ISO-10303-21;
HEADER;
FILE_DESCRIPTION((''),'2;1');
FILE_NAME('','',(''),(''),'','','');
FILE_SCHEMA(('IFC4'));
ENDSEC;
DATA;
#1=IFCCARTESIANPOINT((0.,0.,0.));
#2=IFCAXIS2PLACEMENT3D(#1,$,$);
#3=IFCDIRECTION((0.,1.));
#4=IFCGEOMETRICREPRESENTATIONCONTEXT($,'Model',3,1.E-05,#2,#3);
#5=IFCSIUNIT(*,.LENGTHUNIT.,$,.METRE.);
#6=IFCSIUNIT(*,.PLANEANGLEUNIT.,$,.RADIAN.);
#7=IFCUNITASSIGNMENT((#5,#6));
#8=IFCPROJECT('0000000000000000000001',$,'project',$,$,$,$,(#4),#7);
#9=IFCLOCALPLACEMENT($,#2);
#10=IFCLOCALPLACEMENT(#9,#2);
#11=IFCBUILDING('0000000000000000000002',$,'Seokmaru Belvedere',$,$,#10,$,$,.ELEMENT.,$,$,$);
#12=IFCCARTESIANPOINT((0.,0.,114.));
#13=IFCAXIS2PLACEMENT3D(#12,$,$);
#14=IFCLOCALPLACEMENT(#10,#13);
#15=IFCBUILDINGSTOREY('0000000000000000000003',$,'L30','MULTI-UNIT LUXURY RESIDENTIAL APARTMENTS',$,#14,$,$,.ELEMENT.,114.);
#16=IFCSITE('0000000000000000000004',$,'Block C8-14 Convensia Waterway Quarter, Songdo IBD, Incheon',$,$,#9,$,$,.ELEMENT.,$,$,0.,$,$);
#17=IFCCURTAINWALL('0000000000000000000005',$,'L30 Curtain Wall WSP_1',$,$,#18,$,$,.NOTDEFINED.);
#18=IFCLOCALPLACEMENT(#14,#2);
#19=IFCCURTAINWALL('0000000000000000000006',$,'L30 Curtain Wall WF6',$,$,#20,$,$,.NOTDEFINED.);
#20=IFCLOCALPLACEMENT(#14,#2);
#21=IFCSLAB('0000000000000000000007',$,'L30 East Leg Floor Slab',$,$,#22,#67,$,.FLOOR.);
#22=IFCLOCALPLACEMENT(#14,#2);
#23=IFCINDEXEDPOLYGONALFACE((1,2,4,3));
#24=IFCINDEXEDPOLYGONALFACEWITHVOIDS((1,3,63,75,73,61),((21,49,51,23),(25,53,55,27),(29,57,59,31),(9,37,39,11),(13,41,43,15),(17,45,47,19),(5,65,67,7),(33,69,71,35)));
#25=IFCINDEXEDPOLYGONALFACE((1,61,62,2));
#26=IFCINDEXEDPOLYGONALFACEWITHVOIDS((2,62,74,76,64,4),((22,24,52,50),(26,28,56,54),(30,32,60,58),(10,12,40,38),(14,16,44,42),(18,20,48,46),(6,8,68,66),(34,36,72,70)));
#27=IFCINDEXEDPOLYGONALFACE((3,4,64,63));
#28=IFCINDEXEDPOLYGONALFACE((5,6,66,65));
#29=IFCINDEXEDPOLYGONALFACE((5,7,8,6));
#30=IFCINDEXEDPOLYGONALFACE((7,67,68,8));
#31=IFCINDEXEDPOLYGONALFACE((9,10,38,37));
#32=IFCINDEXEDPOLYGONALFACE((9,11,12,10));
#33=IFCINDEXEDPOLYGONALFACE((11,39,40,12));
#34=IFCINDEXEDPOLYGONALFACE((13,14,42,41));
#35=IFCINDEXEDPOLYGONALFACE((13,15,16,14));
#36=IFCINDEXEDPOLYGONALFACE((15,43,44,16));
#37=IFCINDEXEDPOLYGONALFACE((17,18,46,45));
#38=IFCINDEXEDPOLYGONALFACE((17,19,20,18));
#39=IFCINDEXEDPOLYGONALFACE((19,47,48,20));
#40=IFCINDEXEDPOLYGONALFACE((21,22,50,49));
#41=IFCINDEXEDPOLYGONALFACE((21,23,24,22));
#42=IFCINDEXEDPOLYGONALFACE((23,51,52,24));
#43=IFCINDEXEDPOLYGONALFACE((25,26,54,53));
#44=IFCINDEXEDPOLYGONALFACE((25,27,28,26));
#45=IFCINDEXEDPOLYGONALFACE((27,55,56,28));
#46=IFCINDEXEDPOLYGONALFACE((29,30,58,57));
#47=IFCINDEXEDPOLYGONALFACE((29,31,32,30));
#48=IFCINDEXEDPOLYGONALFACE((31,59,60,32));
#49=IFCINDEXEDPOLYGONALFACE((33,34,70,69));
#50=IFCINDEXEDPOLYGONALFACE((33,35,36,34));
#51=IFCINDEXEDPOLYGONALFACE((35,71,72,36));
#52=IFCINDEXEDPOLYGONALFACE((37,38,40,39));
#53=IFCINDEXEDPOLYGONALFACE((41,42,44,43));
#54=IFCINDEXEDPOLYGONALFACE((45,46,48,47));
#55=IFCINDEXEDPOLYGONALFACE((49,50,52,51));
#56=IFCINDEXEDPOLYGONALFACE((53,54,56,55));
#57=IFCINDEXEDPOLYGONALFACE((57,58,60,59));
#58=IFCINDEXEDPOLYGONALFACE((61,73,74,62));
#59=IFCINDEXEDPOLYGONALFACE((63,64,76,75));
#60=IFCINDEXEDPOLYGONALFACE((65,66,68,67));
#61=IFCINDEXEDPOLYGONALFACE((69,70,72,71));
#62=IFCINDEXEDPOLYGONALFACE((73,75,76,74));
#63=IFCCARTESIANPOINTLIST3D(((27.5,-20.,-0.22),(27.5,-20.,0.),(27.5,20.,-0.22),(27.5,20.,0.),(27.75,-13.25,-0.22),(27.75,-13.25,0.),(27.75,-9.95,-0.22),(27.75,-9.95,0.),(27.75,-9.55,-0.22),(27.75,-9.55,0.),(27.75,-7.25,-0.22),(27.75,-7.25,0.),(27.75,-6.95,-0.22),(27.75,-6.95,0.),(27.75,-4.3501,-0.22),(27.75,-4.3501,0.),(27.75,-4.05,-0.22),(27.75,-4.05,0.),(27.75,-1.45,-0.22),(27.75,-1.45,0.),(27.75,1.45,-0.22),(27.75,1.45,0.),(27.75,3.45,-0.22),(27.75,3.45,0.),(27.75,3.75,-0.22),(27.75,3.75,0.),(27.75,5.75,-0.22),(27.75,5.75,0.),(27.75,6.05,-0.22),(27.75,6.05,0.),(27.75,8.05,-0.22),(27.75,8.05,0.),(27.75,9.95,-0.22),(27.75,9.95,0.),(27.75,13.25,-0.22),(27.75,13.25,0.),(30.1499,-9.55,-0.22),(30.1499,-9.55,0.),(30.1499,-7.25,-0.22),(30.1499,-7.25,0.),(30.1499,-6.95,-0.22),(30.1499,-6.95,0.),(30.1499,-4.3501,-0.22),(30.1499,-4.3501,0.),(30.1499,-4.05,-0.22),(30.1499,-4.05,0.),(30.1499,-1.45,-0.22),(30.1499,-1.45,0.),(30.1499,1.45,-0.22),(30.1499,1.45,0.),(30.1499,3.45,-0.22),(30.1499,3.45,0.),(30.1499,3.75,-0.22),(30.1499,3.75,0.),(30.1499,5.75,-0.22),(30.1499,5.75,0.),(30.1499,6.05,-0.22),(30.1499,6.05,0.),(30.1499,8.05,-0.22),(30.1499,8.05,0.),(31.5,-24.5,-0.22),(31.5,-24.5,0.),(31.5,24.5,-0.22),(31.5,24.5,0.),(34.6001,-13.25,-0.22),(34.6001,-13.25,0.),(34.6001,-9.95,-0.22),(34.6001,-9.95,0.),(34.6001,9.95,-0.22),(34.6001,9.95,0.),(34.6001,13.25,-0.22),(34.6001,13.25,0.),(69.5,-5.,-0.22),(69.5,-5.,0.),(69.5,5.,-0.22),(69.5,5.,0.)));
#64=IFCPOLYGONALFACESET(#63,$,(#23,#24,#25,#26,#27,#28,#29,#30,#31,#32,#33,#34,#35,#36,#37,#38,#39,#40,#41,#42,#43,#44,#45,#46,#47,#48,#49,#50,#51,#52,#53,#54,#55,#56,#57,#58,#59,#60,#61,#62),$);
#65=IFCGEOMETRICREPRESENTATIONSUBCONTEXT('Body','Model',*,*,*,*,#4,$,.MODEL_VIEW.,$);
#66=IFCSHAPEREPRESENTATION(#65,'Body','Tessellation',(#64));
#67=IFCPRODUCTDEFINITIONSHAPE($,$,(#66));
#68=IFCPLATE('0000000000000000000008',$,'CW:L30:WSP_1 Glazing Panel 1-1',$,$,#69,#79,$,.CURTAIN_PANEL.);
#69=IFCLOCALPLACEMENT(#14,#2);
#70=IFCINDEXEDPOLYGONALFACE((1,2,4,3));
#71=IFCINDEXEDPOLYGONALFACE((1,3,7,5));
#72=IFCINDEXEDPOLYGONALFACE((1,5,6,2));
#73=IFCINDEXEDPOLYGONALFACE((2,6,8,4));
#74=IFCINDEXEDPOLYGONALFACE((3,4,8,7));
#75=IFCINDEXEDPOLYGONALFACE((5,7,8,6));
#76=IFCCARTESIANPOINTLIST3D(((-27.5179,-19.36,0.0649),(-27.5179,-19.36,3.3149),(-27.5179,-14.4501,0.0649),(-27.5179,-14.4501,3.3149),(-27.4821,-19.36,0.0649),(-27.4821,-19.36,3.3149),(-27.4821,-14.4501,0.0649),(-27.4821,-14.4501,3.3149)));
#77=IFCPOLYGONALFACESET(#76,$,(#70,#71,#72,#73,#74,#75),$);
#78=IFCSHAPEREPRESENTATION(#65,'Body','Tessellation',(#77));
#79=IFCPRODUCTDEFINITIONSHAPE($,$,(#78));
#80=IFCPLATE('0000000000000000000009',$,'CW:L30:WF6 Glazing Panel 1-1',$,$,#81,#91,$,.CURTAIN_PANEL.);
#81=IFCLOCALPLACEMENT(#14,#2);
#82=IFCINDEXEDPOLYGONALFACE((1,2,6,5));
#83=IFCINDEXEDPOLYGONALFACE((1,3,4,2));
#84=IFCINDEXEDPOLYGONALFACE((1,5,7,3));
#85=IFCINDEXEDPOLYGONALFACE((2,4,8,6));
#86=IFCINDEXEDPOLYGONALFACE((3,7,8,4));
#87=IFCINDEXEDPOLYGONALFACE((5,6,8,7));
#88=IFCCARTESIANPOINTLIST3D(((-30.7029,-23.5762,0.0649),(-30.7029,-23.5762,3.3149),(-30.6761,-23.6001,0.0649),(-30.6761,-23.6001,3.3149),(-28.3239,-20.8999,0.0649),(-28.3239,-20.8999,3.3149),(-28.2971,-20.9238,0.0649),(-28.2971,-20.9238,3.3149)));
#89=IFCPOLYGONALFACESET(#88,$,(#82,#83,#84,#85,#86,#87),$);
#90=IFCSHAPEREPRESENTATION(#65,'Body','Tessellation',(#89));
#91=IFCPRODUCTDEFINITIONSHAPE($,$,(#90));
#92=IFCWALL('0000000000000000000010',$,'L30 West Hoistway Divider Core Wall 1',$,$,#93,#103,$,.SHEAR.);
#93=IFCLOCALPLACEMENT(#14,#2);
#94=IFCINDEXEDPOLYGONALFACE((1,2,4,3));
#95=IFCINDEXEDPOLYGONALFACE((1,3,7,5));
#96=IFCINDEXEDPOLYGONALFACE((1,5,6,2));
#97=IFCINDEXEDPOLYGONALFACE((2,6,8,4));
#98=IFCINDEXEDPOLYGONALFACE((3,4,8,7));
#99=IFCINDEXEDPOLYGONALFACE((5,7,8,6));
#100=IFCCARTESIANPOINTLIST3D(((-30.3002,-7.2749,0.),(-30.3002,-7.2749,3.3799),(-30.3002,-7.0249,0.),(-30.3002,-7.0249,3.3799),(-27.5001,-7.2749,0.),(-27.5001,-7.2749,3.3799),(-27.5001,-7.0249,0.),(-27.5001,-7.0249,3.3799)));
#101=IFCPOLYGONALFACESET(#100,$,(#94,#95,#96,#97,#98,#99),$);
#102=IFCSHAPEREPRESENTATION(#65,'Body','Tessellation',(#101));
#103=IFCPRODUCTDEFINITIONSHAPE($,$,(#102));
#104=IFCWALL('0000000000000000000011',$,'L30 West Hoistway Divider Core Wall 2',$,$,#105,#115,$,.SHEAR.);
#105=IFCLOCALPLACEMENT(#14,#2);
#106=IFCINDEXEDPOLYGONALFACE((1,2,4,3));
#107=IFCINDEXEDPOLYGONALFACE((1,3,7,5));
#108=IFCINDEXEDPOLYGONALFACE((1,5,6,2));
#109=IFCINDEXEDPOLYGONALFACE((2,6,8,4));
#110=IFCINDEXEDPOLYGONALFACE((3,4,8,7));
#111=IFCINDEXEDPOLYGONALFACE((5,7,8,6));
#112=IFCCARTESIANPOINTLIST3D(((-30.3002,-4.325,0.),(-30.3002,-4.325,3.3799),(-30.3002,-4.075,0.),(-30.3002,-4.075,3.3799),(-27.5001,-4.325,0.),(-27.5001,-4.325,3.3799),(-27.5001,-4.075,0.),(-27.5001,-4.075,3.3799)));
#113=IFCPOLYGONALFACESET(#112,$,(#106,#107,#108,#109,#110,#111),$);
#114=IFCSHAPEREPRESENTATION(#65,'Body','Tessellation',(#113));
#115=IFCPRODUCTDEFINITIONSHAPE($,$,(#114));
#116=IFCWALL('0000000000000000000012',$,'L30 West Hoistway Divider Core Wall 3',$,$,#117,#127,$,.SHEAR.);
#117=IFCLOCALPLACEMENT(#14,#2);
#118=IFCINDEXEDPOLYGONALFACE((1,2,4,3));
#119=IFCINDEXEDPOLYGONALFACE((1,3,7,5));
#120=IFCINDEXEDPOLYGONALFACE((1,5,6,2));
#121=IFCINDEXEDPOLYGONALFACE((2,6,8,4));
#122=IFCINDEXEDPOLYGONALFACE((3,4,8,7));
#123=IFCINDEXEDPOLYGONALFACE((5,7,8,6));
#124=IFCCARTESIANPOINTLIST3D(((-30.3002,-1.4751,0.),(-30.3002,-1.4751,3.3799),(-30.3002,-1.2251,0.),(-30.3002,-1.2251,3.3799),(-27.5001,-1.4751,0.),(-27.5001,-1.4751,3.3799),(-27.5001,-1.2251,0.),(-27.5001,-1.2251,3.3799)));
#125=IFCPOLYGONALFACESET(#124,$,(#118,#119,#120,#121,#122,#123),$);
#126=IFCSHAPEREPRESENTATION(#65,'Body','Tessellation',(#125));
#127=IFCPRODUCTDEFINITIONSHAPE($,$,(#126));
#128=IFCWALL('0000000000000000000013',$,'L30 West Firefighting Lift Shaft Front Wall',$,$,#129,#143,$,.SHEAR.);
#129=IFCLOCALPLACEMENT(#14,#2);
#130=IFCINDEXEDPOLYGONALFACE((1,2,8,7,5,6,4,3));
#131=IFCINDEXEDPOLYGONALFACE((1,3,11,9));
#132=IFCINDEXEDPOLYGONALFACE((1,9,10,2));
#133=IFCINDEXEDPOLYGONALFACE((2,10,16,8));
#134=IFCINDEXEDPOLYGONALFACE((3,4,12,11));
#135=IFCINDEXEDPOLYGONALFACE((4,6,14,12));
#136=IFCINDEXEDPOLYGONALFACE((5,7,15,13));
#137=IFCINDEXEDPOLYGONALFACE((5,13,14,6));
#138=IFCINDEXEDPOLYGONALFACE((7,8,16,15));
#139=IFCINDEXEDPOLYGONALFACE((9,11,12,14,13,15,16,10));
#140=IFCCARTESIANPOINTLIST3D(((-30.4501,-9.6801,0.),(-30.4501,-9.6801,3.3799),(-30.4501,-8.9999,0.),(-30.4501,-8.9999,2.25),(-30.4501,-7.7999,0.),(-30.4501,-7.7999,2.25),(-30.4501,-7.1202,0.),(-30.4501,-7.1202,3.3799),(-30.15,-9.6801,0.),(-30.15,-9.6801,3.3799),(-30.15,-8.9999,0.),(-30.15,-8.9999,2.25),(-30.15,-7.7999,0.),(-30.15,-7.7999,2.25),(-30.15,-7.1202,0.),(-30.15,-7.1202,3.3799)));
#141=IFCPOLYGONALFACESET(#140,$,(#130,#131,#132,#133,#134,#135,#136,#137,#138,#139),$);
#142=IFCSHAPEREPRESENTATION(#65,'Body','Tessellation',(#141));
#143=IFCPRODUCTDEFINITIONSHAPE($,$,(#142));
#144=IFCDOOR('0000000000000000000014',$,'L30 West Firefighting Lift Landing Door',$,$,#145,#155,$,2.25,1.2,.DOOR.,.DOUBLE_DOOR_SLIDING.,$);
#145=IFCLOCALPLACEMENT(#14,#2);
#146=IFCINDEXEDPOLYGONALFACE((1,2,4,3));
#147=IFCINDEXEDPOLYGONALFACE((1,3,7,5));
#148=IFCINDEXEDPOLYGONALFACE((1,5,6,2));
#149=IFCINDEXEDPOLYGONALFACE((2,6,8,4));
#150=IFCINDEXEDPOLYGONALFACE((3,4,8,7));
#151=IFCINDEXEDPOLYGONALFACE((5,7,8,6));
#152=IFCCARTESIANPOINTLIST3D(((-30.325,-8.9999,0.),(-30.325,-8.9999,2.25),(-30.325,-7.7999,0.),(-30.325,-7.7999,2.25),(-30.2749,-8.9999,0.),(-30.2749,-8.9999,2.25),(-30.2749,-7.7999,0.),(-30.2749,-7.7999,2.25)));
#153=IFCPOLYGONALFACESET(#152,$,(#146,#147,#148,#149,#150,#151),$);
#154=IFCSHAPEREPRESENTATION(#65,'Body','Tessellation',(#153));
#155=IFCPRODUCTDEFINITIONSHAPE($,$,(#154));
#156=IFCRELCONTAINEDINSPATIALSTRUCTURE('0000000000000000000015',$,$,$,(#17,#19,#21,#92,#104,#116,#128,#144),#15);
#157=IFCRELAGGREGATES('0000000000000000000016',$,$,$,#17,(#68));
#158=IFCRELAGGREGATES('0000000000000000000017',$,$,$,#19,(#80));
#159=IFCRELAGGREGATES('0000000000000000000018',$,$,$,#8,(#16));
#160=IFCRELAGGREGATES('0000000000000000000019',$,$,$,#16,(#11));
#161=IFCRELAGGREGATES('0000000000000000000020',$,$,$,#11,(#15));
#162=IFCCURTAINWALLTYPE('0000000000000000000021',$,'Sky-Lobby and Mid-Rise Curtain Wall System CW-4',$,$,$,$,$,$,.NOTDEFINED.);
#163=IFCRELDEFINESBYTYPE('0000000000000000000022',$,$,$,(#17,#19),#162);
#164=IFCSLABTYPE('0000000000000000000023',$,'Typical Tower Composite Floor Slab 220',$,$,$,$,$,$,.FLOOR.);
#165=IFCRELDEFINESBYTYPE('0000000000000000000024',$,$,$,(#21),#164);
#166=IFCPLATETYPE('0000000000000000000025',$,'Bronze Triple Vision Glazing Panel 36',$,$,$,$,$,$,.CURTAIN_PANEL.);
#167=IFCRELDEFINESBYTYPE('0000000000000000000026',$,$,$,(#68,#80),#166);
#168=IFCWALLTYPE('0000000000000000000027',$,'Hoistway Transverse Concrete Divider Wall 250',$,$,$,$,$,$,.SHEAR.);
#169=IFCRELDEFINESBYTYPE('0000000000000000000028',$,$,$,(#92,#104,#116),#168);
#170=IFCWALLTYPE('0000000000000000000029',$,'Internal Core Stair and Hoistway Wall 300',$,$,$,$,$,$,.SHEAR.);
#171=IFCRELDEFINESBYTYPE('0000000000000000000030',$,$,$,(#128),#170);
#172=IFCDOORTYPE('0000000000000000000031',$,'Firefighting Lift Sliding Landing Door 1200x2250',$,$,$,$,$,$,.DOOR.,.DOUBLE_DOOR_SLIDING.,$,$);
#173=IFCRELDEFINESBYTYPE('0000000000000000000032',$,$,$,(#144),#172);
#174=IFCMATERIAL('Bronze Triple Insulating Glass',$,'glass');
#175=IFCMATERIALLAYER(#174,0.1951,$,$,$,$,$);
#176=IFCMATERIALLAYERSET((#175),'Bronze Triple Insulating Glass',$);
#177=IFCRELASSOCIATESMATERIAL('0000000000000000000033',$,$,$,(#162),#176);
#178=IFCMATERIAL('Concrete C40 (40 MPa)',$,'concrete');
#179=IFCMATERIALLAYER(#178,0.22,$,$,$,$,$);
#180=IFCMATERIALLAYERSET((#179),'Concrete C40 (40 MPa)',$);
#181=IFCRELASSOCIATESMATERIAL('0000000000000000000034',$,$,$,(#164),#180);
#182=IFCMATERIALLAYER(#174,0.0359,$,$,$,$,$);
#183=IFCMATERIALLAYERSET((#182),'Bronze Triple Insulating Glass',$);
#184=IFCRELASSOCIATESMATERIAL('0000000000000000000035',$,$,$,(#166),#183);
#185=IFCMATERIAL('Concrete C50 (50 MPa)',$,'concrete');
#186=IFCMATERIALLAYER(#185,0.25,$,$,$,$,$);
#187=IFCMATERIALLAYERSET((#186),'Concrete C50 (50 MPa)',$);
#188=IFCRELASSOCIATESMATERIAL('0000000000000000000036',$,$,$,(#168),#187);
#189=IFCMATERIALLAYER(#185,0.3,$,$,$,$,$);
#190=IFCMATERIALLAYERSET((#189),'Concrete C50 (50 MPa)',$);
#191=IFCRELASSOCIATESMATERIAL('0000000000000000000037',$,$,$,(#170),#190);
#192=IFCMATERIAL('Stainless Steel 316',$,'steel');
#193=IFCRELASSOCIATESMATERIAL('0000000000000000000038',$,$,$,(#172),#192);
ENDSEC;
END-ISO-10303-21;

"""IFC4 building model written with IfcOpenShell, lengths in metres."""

from ifc_helpers import new_model, si_unit, direction, frame, frame_2d, origin, origin_2d, place, context, subcontext, project, spatial, polyline, rectangle, outline, extrude, source, transform, mapped, material, layer, layer_set, type_object, type_shapes, element, fill, aggregate, save


model = new_model("IFC4")

# Units and contexts
model_context = context("Model", 3, precision=1e-05, world=origin(), true_north=direction((0.0, 1.0)))
body_context = subcontext(model_context, "Body", "Model", "MODEL_VIEW")
ifc_project = project(units=[si_unit("LENGTHUNIT", "METRE"), si_unit("PLANEANGLEUNIT", "RADIAN")], contexts=[model_context])

# Site, building, storey
site_placement = place(None, origin())
site = spatial("IfcSite", under=ifc_project, at=site_placement, Name="Block C8-14 Convensia Waterway Quarter, Songdo IBD, Incheon", CompositionType="ELEMENT", RefElevation=0.0)
building_placement = place(site_placement, origin())
building = spatial("IfcBuilding", under=site, at=building_placement, Name="Seokmaru Belvedere", CompositionType="ELEMENT")
storey_placement = place(building_placement, frame((0.0, 0.0, 114.0)))
storey = spatial("IfcBuildingStorey", under=building, at=storey_placement, Name="L30", Description="MULTI-UNIT LUXURY RESIDENTIAL APARTMENTS", CompositionType="ELEMENT", Elevation=114.0)

# Curtain walls
ifc_material_1 = material(Name="Bronze Triple Insulating Glass", Category="glass")
ifc_layer_1 = layer(ifc_material_1, 0.1951)
ifc_layer_set_1 = layer_set([ifc_layer_1], Name="Bronze Triple Insulating Glass")
curtain_wall_type = type_object("IfcCurtainWallType", Name="Sky-Lobby and Mid-Rise Curtain Wall System CW-4", PredefinedType="NOTDEFINED", material=ifc_layer_set_1)
curtain_wall_1_placement = place(storey_placement, origin())
curtain_wall_1 = element("IfcCurtainWall", 1, at=curtain_wall_1_placement, inside=storey, type_object=curtain_wall_type, Name="L30 Curtain Wall WSP_1", PredefinedType="NOTDEFINED")
curtain_wall_2_placement = place(storey_placement, origin())
curtain_wall_2 = element("IfcCurtainWall", 2, at=curtain_wall_2_placement, inside=storey, type_object=curtain_wall_type, Name="L30 Curtain Wall WF6", PredefinedType="NOTDEFINED")

# Shared definitions
ifc_material_2 = material(Name="Concrete C40 (40 MPa)", Category="concrete")

# Slab
ifc_layer_2 = layer(ifc_material_2, 0.22)
ifc_layer_set_2 = layer_set([ifc_layer_2], Name="Concrete C40 (40 MPa)")
slab_type_1 = type_object("IfcSlabType", Name="Typical Tower Composite Floor Slab 220", PredefinedType="FLOOR", material=ifc_layer_set_2)
slab_1_placement = place(storey_placement, frame((0.0, 0.0, -0.22)))
element("IfcSlab", 3, at=slab_1_placement, inside=storey, type_object=slab_type_1, Name="L30 East Leg Floor Slab", PredefinedType="FLOOR", context=body_context, shape_type="SweptSolid", body=[
    extrude(outline(polyline([(31.5, -24.5), (69.5, -5.0), (69.5, 5.0), (31.5, 24.5), (27.5, 20.0), (27.5, -20.0), (31.5, -24.5)]), holes=[polyline([(27.75, -13.25), (34.6001, -13.25), (34.6001, -9.95), (27.75, -9.95), (27.75, -13.25)]), polyline([(27.75, 9.95), (34.6001, 9.95), (34.6001, 13.25), (27.75, 13.25), (27.75, 9.95)]), polyline([(27.75, -9.55), (30.1499, -9.55), (30.1499, -7.25), (27.75, -7.25), (27.75, -9.55)]), polyline([(27.75, -6.95), (30.1499, -6.95), (30.1499, -4.3501), (27.75, -4.3501), (27.75, -6.95)]), polyline([(27.75, -4.05), (30.1499, -4.05), (30.1499, -1.45), (27.75, -1.45), (27.75, -4.05)]), polyline([(27.75, 1.45), (30.1499, 1.45), (30.1499, 3.45), (27.75, 3.45), (27.75, 1.45)]), polyline([(27.75, 3.75), (30.1499, 3.75), (30.1499, 5.75), (27.75, 5.75), (27.75, 3.75)]), polyline([(27.75, 6.05), (30.1499, 6.05), (30.1499, 8.05), (27.75, 8.05), (27.75, 6.05)])]), origin(), (0.0, 0.0, 1.0), 0.22),
])

# Plates
ifc_layer_3 = layer(ifc_material_1, 0.0359)
ifc_layer_set_3 = layer_set([ifc_layer_3], Name="Bronze Triple Insulating Glass")
plate_type = type_object("IfcPlateType", Name="Bronze Triple Vision Glazing Panel 36", PredefinedType="CURTAIN_PANEL", material=ifc_layer_set_3)
shared_shape_1 = source(origin(), body_context, "Body", "SweptSolid", [
    extrude(rectangle(XDim=4.9099, YDim=0.0359, at=origin_2d()), origin(), (0.0, 0.0, 1.0), 3.25),
])
plate_1_placement = place(storey_placement, frame((-27.5, -16.905, 0.0649), z_axis=(0.0, 0.0, 1.0), x_axis=(0.0, 1.0, 0.0)))
plate_1 = element("IfcPlate", 4, at=plate_1_placement, type_object=plate_type, Name="CW:L30:WSP_1 Glazing Panel 1-1", PredefinedType="CURTAIN_PANEL", context=body_context, shape_type="MappedRepresentation", body=[
    mapped(shared_shape_1, transform((0.0, 0.0, 0.0), scale=1.0)),
])
aggregate(curtain_wall_1, [plate_1])
shared_shape_2 = source(origin(), body_context, "Body", "SweptSolid", [
    extrude(rectangle(XDim=3.5808, YDim=0.0359, at=origin_2d()), origin(), (0.0, 0.0, 1.0), 3.25),
])
type_shapes(plate_type, [shared_shape_1, shared_shape_2])
plate_2_placement = place(storey_placement, frame((-29.5, -22.25, 0.0649), z_axis=(0.0, 0.0, 1.0), x_axis=(0.664363, 0.74741, 0.0)))
plate_2 = element("IfcPlate", 5, at=plate_2_placement, type_object=plate_type, Name="CW:L30:WF6 Glazing Panel 1-1", PredefinedType="CURTAIN_PANEL", context=body_context, shape_type="MappedRepresentation", body=[
    mapped(shared_shape_2, transform((0.0, 0.0, 0.0), scale=1.0)),
])
aggregate(curtain_wall_2, [plate_2])

# Walls
ifc_material_3 = material(Name="Concrete C50 (50 MPa)", Category="concrete")
ifc_layer_4 = layer(ifc_material_3, 0.25)
ifc_layer_set_4 = layer_set([ifc_layer_4], Name="Concrete C50 (50 MPa)")
wall_type_1 = type_object("IfcWallType", Name="Hoistway Transverse Concrete Divider Wall 250", PredefinedType="SHEAR", material=ifc_layer_set_4)
for number, where, z_axis, x_axis, name in (
    (6, (-30.3, -7.1499, 0.0), (0.0, 0.0, 1.0), (1.0, 0.0, 0.0), "L30 West Hoistway Divider Core Wall 1"),
    (7, (-30.3, -4.2, 0.0), (0.0, 0.0, 1.0), (1.0, 0.0, 0.0), "L30 West Hoistway Divider Core Wall 2"),
    (8, (-30.3, -1.3501, 0.0), (0.0, 0.0, 1.0), (1.0, 0.0, 0.0), "L30 West Hoistway Divider Core Wall 3"),
):
    element("IfcWall", number, at=place(storey_placement, frame(where, z_axis=z_axis, x_axis=x_axis)), inside=storey, type_object=wall_type_1, Name=name, PredefinedType="SHEAR", context=body_context, shape_type="SweptSolid", body=[
        extrude(rectangle(XDim=2.8, YDim=0.25, at=frame_2d((1.3999, 0.0))), origin(), (0.0, 0.0, 1.0), 3.3799),
    ])

# Wall, opening, door
ifc_layer_5 = layer(ifc_material_3, 0.3)
ifc_layer_set_5 = layer_set([ifc_layer_5], Name="Concrete C50 (50 MPa)")
wall_type_2 = type_object("IfcWallType", Name="Internal Core Stair and Hoistway Wall 300", PredefinedType="SHEAR", material=ifc_layer_set_5)
wall_1_placement = place(storey_placement, frame((-30.3, -9.6799, 0.0), z_axis=(0.0, 0.0, 1.0), x_axis=(0.0, 1.0, 0.0)))
wall_1 = element("IfcWall", 9, at=wall_1_placement, inside=storey, type_object=wall_type_2, Name="L30 West Firefighting Lift Shaft Front Wall", PredefinedType="SHEAR", context=body_context, shape_type="SweptSolid", body=[
    extrude(rectangle(XDim=2.5598, YDim=0.3, at=frame_2d((1.2798, 0.0))), origin(), (0.0, 0.0, 1.0), 3.3799),
])
opening_1_placement = place(wall_1_placement, frame((0.6799, 0.0, 0.0)))
opening_1 = element("IfcOpeningElement", 10, at=opening_1_placement, cuts=wall_1, PredefinedType="OPENING", context=body_context, shape_type="SweptSolid", body=[
    extrude(rectangle(XDim=1.2, YDim=2.25, at=frame_2d((0.6001, 1.125))), frame((0.0, 0.1602, 0.0), z_axis=(0.0, -1.0, 0.0), x_axis=(1.0, 0.0, 0.0)), (0.0, 0.0, 1.0), 0.3201),
])
ifc_material_4 = material(Name="Stainless Steel 316", Category="steel")
door_type_1 = type_object("IfcDoorType", Name="Firefighting Lift Sliding Landing Door 1200x2250", OperationType="DOUBLE_DOOR_SLIDING", PredefinedType="DOOR", material=ifc_material_4)
shared_shape_3 = source(origin(), body_context, "Body", "SweptSolid", [
    extrude(rectangle(XDim=1.2, YDim=2.25, at=frame_2d((0.6001, 1.125))), frame((0.0, 0.0249, 0.0), z_axis=(0.0, -1.0, 0.0), x_axis=(1.0, 0.0, 0.0)), (0.0, 0.0, 1.0), 0.05),
])
type_shapes(door_type_1, [shared_shape_3])
door_1_placement = place(opening_1_placement, origin())
door_1 = element("IfcDoor", 11, at=door_1_placement, inside=storey, type_object=door_type_1, Name="L30 West Firefighting Lift Landing Door", OperationType="DOUBLE_DOOR_SLIDING", OverallHeight=2.25, OverallWidth=1.2, PredefinedType="DOOR", context=body_context, shape_type="MappedRepresentation", body=[
    mapped(shared_shape_3, transform((0.0, 0.0, 0.0), scale=1.0)),
])
fill(opening_1, door_1)

save(model, "model.ifc")
